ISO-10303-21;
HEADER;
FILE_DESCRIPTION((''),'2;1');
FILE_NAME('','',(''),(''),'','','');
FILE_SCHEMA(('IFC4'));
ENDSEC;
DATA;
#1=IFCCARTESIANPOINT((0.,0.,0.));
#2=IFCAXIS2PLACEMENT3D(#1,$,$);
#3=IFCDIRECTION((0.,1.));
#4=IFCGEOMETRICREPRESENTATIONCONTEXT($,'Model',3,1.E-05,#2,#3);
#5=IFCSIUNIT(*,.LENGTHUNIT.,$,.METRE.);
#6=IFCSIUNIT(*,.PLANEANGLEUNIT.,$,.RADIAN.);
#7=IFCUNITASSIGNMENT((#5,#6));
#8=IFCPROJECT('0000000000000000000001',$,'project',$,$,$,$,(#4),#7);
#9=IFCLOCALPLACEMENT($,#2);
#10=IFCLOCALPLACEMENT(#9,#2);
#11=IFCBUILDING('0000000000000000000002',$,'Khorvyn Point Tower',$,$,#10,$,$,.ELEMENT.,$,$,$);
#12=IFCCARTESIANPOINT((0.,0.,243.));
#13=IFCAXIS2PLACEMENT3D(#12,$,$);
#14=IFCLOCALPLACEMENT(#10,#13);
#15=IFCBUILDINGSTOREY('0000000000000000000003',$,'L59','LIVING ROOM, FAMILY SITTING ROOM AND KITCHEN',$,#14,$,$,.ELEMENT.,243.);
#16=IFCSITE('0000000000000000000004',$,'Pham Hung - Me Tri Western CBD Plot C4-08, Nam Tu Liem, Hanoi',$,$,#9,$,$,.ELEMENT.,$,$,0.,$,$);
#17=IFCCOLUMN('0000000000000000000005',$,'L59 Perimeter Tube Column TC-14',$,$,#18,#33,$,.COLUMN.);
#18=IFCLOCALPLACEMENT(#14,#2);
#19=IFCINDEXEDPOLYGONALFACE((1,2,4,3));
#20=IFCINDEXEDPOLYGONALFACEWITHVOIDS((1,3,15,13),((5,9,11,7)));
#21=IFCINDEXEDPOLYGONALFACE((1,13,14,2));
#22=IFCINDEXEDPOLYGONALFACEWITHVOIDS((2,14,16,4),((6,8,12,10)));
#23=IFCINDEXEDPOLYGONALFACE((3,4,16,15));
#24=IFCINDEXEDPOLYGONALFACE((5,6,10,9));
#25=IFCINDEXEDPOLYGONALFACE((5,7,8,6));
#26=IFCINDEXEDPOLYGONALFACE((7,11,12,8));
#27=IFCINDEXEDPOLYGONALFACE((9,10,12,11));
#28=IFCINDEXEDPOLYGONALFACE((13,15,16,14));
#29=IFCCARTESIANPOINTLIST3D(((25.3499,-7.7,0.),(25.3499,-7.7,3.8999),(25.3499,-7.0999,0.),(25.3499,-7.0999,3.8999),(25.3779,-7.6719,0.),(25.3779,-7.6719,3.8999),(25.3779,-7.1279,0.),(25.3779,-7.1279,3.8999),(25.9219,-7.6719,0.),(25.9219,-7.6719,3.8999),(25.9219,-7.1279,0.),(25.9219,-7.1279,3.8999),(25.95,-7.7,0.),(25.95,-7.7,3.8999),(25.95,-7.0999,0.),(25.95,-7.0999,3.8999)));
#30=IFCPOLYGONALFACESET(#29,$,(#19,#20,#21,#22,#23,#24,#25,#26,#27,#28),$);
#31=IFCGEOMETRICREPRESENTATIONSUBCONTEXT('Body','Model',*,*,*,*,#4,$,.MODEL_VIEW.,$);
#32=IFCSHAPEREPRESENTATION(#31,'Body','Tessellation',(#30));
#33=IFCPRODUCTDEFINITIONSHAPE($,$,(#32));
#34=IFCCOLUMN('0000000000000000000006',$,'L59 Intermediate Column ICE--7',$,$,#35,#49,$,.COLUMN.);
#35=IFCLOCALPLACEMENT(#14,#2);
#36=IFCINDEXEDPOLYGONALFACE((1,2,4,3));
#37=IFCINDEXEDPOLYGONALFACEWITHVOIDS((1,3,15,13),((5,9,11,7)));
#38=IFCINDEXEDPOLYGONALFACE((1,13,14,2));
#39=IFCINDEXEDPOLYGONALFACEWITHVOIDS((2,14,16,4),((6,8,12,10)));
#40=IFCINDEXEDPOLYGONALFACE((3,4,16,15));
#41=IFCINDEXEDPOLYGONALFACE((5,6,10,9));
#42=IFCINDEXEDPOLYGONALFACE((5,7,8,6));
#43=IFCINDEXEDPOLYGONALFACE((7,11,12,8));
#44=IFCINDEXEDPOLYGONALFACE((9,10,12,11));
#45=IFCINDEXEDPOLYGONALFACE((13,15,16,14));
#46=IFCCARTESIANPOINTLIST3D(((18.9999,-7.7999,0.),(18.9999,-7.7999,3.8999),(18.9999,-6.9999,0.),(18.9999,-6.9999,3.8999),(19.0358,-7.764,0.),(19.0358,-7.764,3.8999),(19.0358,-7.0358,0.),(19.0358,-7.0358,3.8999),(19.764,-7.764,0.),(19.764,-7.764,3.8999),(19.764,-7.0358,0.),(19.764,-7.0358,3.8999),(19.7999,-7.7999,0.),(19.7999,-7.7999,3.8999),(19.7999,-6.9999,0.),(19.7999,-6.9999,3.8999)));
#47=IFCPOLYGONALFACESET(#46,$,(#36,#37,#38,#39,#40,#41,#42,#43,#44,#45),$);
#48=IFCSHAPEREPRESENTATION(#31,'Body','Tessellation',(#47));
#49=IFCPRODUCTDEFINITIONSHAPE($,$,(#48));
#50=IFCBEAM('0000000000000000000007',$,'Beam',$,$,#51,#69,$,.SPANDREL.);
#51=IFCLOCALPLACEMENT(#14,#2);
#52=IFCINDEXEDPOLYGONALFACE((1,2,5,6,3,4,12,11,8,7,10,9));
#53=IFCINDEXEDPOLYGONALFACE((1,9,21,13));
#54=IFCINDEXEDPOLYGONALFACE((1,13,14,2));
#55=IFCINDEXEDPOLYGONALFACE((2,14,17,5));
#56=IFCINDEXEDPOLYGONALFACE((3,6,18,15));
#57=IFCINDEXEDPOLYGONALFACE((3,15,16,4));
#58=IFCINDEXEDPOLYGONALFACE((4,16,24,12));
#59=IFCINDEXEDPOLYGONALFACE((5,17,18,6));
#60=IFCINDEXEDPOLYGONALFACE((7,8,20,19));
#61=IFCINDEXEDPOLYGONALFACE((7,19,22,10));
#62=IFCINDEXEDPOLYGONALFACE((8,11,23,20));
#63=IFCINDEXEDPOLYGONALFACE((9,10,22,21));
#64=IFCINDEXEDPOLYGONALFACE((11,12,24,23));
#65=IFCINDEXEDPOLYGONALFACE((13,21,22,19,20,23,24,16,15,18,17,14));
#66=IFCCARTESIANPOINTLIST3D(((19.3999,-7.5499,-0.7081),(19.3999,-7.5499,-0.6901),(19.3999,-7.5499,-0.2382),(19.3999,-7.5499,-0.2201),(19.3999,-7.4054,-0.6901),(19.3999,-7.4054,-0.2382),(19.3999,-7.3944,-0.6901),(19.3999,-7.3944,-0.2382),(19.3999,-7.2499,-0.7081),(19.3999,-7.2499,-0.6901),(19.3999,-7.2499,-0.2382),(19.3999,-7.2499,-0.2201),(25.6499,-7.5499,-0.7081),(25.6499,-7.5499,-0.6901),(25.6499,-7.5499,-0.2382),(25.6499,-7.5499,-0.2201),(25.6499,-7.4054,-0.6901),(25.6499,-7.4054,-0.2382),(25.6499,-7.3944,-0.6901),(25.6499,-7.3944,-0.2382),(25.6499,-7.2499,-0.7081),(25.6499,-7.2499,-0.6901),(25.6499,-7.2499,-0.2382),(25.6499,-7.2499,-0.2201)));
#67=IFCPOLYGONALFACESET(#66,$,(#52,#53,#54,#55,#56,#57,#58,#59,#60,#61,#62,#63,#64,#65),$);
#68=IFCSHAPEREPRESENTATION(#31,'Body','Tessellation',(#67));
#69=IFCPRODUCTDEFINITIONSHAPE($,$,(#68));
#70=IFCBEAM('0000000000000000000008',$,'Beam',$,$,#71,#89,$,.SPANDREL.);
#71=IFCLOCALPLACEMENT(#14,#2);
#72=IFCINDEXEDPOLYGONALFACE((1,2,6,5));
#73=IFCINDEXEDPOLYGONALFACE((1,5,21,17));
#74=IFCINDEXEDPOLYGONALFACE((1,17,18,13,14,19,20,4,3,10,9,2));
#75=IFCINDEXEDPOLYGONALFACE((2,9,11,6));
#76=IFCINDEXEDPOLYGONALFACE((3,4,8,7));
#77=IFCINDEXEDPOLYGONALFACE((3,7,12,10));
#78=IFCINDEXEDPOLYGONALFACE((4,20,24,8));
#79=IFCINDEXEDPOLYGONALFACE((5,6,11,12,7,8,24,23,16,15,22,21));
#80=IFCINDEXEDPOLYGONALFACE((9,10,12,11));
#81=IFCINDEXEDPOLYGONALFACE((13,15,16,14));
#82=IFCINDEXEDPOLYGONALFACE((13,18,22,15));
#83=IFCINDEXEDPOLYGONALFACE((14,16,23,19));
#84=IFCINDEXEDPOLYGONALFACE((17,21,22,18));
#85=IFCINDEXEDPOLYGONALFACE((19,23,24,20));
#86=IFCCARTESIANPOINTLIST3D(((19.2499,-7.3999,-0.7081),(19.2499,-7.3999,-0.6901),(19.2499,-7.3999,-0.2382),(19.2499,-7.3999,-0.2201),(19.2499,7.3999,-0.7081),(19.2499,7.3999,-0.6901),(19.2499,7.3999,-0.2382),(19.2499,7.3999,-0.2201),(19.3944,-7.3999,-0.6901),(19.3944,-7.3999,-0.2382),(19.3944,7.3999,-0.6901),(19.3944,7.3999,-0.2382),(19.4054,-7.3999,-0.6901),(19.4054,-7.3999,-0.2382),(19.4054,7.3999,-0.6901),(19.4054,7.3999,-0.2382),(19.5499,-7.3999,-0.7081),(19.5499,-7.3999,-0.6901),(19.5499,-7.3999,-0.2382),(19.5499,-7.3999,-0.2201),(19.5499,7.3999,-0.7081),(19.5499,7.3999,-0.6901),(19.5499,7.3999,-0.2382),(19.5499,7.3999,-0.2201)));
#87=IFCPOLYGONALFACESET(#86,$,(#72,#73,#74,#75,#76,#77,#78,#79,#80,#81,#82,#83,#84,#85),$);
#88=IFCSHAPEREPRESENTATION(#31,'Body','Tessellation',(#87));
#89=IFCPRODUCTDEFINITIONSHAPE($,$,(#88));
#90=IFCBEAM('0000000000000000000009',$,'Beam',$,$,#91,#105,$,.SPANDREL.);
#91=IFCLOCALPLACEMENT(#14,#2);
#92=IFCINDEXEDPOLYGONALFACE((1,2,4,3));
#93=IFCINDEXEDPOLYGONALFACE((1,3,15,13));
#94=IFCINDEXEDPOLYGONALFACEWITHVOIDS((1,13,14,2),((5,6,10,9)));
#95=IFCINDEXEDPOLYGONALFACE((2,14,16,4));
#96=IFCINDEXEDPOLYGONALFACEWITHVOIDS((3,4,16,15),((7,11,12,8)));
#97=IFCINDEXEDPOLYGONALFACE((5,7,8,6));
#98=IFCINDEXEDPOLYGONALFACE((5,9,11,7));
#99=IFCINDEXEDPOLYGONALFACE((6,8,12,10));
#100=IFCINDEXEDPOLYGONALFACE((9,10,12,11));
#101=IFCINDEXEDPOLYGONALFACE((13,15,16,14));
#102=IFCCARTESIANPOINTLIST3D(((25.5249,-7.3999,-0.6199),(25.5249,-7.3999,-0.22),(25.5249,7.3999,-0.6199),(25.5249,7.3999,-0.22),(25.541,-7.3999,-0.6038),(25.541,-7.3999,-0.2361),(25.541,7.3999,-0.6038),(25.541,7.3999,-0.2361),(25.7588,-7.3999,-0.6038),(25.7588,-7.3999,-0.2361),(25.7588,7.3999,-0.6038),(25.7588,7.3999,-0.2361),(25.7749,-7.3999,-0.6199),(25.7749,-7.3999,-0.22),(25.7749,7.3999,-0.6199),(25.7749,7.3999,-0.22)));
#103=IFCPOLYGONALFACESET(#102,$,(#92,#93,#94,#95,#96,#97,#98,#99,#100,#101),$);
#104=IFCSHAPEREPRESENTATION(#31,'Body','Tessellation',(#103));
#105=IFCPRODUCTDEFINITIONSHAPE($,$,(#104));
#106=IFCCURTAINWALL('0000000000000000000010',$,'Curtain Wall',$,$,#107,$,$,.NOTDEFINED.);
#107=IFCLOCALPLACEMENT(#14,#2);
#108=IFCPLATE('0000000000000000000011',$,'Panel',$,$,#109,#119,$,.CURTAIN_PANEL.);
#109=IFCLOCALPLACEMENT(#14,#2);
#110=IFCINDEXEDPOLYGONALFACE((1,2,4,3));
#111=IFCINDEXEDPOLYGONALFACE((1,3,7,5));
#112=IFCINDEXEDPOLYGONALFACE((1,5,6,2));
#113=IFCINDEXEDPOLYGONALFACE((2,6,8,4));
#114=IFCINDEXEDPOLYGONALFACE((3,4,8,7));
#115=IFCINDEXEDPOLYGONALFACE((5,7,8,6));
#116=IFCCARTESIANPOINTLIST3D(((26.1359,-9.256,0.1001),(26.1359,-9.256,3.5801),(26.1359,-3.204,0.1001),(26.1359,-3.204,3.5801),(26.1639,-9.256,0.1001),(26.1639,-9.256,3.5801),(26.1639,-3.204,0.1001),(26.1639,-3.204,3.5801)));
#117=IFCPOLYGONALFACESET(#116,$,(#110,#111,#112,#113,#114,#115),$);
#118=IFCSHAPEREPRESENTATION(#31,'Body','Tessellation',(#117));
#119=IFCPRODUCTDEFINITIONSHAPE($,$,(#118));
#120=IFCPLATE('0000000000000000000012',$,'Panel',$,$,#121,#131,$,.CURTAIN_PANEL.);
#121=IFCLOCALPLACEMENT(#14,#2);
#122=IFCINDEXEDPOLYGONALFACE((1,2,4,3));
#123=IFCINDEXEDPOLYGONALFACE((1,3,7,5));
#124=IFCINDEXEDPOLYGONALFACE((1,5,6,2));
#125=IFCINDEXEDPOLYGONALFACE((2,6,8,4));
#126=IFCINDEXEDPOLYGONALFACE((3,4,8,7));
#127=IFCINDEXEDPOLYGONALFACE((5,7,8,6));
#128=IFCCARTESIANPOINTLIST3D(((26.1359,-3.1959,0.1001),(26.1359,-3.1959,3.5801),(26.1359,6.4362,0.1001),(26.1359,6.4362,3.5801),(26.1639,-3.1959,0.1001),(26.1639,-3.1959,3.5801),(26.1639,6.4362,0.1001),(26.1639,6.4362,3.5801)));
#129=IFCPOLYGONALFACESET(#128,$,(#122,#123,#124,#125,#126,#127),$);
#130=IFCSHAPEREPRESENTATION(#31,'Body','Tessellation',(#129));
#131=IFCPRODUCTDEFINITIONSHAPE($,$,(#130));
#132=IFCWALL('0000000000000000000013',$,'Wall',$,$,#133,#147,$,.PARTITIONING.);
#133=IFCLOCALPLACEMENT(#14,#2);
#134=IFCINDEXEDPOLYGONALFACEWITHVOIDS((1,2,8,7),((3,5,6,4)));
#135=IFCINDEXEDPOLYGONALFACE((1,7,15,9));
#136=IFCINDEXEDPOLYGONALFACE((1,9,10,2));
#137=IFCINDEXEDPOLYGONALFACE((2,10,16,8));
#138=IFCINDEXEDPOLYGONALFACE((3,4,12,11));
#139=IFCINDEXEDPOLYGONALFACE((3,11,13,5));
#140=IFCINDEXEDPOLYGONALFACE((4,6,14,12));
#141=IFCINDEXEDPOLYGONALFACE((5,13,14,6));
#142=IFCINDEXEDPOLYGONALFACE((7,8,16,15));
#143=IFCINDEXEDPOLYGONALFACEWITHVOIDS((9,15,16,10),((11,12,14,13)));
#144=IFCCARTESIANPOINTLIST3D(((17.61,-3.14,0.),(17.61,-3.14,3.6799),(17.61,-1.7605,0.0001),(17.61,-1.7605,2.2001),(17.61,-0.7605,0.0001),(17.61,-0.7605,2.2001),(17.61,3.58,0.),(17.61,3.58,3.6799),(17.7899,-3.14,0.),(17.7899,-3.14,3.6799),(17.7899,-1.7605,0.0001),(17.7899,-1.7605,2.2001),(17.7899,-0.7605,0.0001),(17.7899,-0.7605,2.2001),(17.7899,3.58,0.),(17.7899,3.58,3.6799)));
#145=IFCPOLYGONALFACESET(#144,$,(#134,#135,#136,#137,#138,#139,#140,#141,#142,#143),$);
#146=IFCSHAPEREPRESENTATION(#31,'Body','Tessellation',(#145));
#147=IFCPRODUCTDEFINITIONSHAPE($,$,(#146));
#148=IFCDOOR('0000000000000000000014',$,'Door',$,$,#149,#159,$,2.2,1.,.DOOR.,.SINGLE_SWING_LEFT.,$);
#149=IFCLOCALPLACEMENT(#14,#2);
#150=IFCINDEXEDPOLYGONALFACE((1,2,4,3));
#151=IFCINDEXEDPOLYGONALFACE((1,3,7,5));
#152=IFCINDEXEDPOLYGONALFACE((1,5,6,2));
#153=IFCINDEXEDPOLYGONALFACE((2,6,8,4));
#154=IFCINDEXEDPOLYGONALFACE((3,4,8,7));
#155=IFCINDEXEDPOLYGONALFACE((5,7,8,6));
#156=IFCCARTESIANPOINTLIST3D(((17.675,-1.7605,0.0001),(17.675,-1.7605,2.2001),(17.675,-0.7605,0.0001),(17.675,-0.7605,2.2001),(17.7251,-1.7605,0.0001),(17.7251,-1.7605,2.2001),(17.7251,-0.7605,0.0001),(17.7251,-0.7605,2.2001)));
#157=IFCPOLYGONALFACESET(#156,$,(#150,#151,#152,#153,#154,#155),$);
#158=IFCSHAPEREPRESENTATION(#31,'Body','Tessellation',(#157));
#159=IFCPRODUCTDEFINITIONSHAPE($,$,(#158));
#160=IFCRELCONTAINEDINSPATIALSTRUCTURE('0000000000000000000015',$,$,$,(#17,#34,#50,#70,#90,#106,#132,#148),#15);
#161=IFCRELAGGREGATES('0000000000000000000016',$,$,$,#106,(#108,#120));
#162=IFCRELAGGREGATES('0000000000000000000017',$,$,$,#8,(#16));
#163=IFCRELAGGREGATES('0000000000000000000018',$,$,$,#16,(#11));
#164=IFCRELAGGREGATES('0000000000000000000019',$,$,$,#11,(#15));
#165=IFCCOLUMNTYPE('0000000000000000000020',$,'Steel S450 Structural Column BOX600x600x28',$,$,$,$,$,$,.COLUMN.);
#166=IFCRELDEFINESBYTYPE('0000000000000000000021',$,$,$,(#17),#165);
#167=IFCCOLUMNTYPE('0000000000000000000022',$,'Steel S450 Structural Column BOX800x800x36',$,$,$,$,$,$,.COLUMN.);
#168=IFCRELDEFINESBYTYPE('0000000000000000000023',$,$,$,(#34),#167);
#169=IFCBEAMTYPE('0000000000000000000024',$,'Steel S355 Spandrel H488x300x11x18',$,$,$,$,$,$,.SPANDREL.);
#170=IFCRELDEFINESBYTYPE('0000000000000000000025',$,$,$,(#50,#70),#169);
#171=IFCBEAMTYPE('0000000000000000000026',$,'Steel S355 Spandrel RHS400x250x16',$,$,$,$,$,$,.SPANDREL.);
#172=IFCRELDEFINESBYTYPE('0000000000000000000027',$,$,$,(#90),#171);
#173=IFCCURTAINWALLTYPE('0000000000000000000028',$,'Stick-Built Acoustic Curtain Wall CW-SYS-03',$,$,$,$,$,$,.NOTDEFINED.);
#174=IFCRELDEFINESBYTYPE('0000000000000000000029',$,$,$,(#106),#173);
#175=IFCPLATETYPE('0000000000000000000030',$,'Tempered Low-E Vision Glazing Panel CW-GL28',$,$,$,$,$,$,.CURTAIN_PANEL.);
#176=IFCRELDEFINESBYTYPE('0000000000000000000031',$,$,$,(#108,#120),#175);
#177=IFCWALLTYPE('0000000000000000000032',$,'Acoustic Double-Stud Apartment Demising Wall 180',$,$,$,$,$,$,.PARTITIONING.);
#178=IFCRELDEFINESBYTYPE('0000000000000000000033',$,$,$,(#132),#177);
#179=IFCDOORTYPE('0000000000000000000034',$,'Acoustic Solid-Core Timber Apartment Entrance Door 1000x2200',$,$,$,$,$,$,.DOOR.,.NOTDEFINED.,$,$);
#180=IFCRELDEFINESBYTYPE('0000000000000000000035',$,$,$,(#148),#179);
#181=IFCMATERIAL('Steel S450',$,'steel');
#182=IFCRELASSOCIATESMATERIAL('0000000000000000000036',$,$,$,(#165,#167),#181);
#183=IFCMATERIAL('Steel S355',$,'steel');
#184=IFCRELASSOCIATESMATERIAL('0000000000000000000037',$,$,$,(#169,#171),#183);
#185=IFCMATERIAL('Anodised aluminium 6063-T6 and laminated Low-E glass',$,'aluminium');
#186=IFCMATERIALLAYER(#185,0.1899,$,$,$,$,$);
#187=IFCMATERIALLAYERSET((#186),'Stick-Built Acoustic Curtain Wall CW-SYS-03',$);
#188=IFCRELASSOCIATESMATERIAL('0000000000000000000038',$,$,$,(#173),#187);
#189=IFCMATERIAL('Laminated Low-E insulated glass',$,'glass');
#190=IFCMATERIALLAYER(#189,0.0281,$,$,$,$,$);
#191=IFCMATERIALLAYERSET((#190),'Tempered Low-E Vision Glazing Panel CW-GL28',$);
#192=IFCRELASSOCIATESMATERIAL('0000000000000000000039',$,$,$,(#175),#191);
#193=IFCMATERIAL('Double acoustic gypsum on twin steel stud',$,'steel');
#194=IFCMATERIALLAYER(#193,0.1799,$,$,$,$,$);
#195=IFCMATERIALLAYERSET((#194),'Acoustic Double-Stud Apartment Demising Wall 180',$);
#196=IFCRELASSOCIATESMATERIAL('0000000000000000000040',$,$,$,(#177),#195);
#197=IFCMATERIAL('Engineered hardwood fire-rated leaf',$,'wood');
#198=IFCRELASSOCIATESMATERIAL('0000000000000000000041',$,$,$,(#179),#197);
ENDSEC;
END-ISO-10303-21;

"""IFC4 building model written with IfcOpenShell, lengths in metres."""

from ifc_helpers import new_model, si_unit, direction, frame, frame_2d, origin, origin_2d, place, context, subcontext, project, spatial, rectangle, hollow_rectangle, i_section, extrude, material, layer, layer_set, material_profile, profile_set, type_object, element, fill, aggregate, save


model = new_model("IFC4")

# Units and contexts
model_context = context("Model", 3, precision=1e-05, world=origin(), true_north=direction((0.0, 1.0)))
body_context = subcontext(model_context, "Body", "Model", "MODEL_VIEW")
ifc_project = project(units=[si_unit("LENGTHUNIT", "METRE"), si_unit("PLANEANGLEUNIT", "RADIAN")], contexts=[model_context])

# Site, building, storey
site_placement = place(None, origin())
site = spatial("IfcSite", under=ifc_project, at=site_placement, Name="Pham Hung - Me Tri Western CBD Plot C4-08, Nam Tu Liem, Hanoi", CompositionType="ELEMENT", RefElevation=0.0)
building_placement = place(site_placement, origin())
building = spatial("IfcBuilding", under=site, at=building_placement, Name="Khorvyn Point Tower", CompositionType="ELEMENT")
storey_placement = place(building_placement, frame((0.0, 0.0, 243.0)))
storey = spatial("IfcBuildingStorey", under=building, at=storey_placement, Name="L59", Description="LIVING ROOM, FAMILY SITTING ROOM AND KITCHEN", CompositionType="ELEMENT", Elevation=243.0)

# Columns
ifc_material_1 = material(Name="Steel S450", Category="steel")
ifc_material_profile_1 = material_profile(ifc_material_1, hollow_rectangle(XDim=0.6001, YDim=0.6001, WallThickness=0.0281, at=origin_2d()))
ifc_profile_set_1 = profile_set([ifc_material_profile_1], Name="Steel S450 BOX600x600x28")
column_type_1 = type_object("IfcColumnType", Name="Steel S450 Structural Column BOX600x600x28", PredefinedType="COLUMN", material=ifc_profile_set_1)
column_1_placement = place(storey_placement, frame((25.6499, -7.3999, 0.0), z_axis=(0.0, 0.0, 1.0), x_axis=(1.0, 0.0, 0.0)))
element("IfcColumn", 1, at=column_1_placement, inside=storey, type_object=column_type_1, Name="L59 Perimeter Tube Column TC-14", PredefinedType="COLUMN", context=body_context, shape_type="SweptSolid", body=[
    extrude(hollow_rectangle(XDim=0.6001, YDim=0.6001, WallThickness=0.0281, at=origin_2d()), origin(), (0.0, 0.0, 1.0), 3.8999),
])
ifc_material_profile_2 = material_profile(ifc_material_1, hollow_rectangle(XDim=0.8, YDim=0.8, WallThickness=0.0359, at=origin_2d()))
ifc_profile_set_2 = profile_set([ifc_material_profile_2], Name="Steel S450 BOX800x800x36")
column_type_2 = type_object("IfcColumnType", Name="Steel S450 Structural Column BOX800x800x36", PredefinedType="COLUMN", material=ifc_profile_set_2)
column_2_placement = place(storey_placement, frame((19.3999, -7.3999, 0.0), z_axis=(0.0, 0.0, 1.0), x_axis=(1.0, 0.0, 0.0)))
element("IfcColumn", 2, at=column_2_placement, inside=storey, type_object=column_type_2, Name="L59 Intermediate Column ICE--7", PredefinedType="COLUMN", context=body_context, shape_type="SweptSolid", body=[
    extrude(hollow_rectangle(XDim=0.8, YDim=0.8, WallThickness=0.0359, at=origin_2d()), origin(), (0.0, 0.0, 1.0), 3.8999),
])

# Beams
ifc_material_2 = material(Name="Steel S355", Category="steel")
ifc_material_profile_3 = material_profile(ifc_material_2, i_section(OverallWidth=0.3, OverallDepth=0.488, WebThickness=0.011, FlangeThickness=0.0181, at=origin_2d()))
ifc_profile_set_3 = profile_set([ifc_material_profile_3], Name="Steel S355 H488x300x11x18")
beam_type_1 = type_object("IfcBeamType", Name="Steel S355 Spandrel H488x300x11x18", PredefinedType="SPANDREL", material=ifc_profile_set_3)
beam_1_placement = place(storey_placement, frame((19.3999, -7.3999, -0.4641), z_axis=(1.0, 0.0, 0.0), x_axis=(0.0, 1.0, 0.0)))
element("IfcBeam", 3, at=beam_1_placement, inside=storey, type_object=beam_type_1, Name="Beam", PredefinedType="SPANDREL", context=body_context, shape_type="SweptSolid", body=[
    extrude(i_section(OverallWidth=0.3, OverallDepth=0.488, WebThickness=0.011, FlangeThickness=0.0181, at=origin_2d()), origin(), (0.0, 0.0, 1.0), 6.25),
])
beam_2_placement = place(storey_placement, frame((19.3999, -7.3999, -0.4641), z_axis=(0.0, 1.0, 0.0), x_axis=(-1.0, 0.0, 0.0)))
element("IfcBeam", 4, at=beam_2_placement, inside=storey, type_object=beam_type_1, Name="Beam", PredefinedType="SPANDREL", context=body_context, shape_type="SweptSolid", body=[
    extrude(i_section(OverallWidth=0.3, OverallDepth=0.488, WebThickness=0.011, FlangeThickness=0.0181, at=origin_2d()), origin(), (0.0, 0.0, 1.0), 14.7998),
])
ifc_material_profile_4 = material_profile(ifc_material_2, hollow_rectangle(XDim=0.25, YDim=0.3999, WallThickness=0.0161, at=origin_2d()))
ifc_profile_set_4 = profile_set([ifc_material_profile_4], Name="Steel S355 RHS400x250x16")
beam_type_2 = type_object("IfcBeamType", Name="Steel S355 Spandrel RHS400x250x16", PredefinedType="SPANDREL", material=ifc_profile_set_4)
beam_3_placement = place(storey_placement, frame((25.6499, -7.3999, -0.4199), z_axis=(0.0, 1.0, 0.0), x_axis=(-1.0, 0.0, 0.0)))
element("IfcBeam", 5, at=beam_3_placement, inside=storey, type_object=beam_type_2, Name="Beam", PredefinedType="SPANDREL", context=body_context, shape_type="SweptSolid", body=[
    extrude(hollow_rectangle(XDim=0.25, YDim=0.3999, WallThickness=0.0161, at=origin_2d()), origin(), (0.0, 0.0, 1.0), 14.7998),
])

# Curtain wall, plates
ifc_material_3 = material(Name="Anodised aluminium 6063-T6 and laminated Low-E glass", Category="aluminium")
ifc_layer_1 = layer(ifc_material_3, 0.1899)
ifc_layer_set_1 = layer_set([ifc_layer_1], Name="Stick-Built Acoustic Curtain Wall CW-SYS-03")
curtain_wall_type = type_object("IfcCurtainWallType", Name="Stick-Built Acoustic Curtain Wall CW-SYS-03", PredefinedType="NOTDEFINED", material=ifc_layer_set_1)
curtain_wall_placement = place(storey_placement, origin())
curtain_wall = element("IfcCurtainWall", 6, at=curtain_wall_placement, inside=storey, type_object=curtain_wall_type, Name="Curtain Wall", PredefinedType="NOTDEFINED")
ifc_material_4 = material(Name="Laminated Low-E insulated glass", Category="glass")
ifc_layer_2 = layer(ifc_material_4, 0.0281)
ifc_layer_set_2 = layer_set([ifc_layer_2], Name="Tempered Low-E Vision Glazing Panel CW-GL28")
plate_type = type_object("IfcPlateType", Name="Tempered Low-E Vision Glazing Panel CW-GL28", PredefinedType="CURTAIN_PANEL", material=ifc_layer_set_2)
plate_1_placement = place(storey_placement, frame((26.1499, -6.23, 0.1001), z_axis=(0.0, 0.0, 1.0), x_axis=(0.0, -1.0, 0.0)))
plate_1 = element("IfcPlate", 7, at=plate_1_placement, type_object=plate_type, Name="Panel", PredefinedType="CURTAIN_PANEL", context=body_context, shape_type="SweptSolid", body=[
    extrude(rectangle(XDim=6.052, YDim=0.0281, at=origin_2d()), origin(), (0.0, 0.0, 1.0), 3.48),
])
plate_2_placement = place(storey_placement, frame((26.1499, 1.6201, 0.1001), z_axis=(0.0, 0.0, 1.0), x_axis=(0.0, -1.0, 0.0)))
plate_2 = element("IfcPlate", 8, at=plate_2_placement, type_object=plate_type, Name="Panel", PredefinedType="CURTAIN_PANEL", context=body_context, shape_type="SweptSolid", body=[
    extrude(rectangle(XDim=9.6321, YDim=0.0281, at=origin_2d()), origin(), (0.0, 0.0, 1.0), 3.48),
])
aggregate(curtain_wall, [plate_1, plate_2])

# Wall, opening, door
ifc_material_5 = material(Name="Double acoustic gypsum on twin steel stud", Category="steel")
ifc_layer_3 = layer(ifc_material_5, 0.1799)
ifc_layer_set_3 = layer_set([ifc_layer_3], Name="Acoustic Double-Stud Apartment Demising Wall 180")
wall_type_1 = type_object("IfcWallType", Name="Acoustic Double-Stud Apartment Demising Wall 180", PredefinedType="PARTITIONING", material=ifc_layer_set_3)
wall_1_placement = place(storey_placement, frame((17.7, -3.1399, 0.0), z_axis=(0.0, 0.0, 1.0), x_axis=(0.0, 1.0, 0.0)))
wall_1 = element("IfcWall", 9, at=wall_1_placement, inside=storey, type_object=wall_type_1, Name="Wall", PredefinedType="PARTITIONING", context=body_context, shape_type="SweptSolid", body=[
    extrude(rectangle(XDim=6.72, YDim=0.1799, at=frame_2d((3.3599, 0.0))), origin(), (0.0, 0.0, 1.0), 3.6799),
])
opening_1_placement = place(wall_1_placement, frame((1.3794, 0.0, 0.0)))
opening_1 = element("IfcOpeningElement", 10, at=opening_1_placement, cuts=wall_1, PredefinedType="OPENING", context=body_context, shape_type="SweptSolid", body=[
    extrude(rectangle(XDim=1.0, YDim=2.2, at=frame_2d((0.5, 1.1001))), frame((0.0, 0.0999, 0.0), z_axis=(0.0, -1.0, 0.0), x_axis=(1.0, 0.0, 0.0)), (0.0, 0.0, 1.0), 0.2),
])
ifc_material_6 = material(Name="Engineered hardwood fire-rated leaf", Category="wood")
door_type_1 = type_object("IfcDoorType", Name="Acoustic Solid-Core Timber Apartment Entrance Door 1000x2200", OperationType="NOTDEFINED", PredefinedType="DOOR", material=ifc_material_6)
door_1_placement = place(opening_1_placement, origin())
door_1 = element("IfcDoor", 11, at=door_1_placement, inside=storey, type_object=door_type_1, Name="Door", OperationType="SINGLE_SWING_LEFT", OverallHeight=2.2, OverallWidth=1.0, PredefinedType="DOOR", context=body_context, shape_type="SweptSolid", body=[
    extrude(rectangle(XDim=1.0, YDim=2.2, at=frame_2d((0.5, 1.1001))), frame((0.0, 0.0249, 0.0), z_axis=(0.0, -1.0, 0.0), x_axis=(1.0, 0.0, 0.0)), (0.0, 0.0, 1.0), 0.05),
])
fill(opening_1, door_1)

save(model, "model.ifc")
